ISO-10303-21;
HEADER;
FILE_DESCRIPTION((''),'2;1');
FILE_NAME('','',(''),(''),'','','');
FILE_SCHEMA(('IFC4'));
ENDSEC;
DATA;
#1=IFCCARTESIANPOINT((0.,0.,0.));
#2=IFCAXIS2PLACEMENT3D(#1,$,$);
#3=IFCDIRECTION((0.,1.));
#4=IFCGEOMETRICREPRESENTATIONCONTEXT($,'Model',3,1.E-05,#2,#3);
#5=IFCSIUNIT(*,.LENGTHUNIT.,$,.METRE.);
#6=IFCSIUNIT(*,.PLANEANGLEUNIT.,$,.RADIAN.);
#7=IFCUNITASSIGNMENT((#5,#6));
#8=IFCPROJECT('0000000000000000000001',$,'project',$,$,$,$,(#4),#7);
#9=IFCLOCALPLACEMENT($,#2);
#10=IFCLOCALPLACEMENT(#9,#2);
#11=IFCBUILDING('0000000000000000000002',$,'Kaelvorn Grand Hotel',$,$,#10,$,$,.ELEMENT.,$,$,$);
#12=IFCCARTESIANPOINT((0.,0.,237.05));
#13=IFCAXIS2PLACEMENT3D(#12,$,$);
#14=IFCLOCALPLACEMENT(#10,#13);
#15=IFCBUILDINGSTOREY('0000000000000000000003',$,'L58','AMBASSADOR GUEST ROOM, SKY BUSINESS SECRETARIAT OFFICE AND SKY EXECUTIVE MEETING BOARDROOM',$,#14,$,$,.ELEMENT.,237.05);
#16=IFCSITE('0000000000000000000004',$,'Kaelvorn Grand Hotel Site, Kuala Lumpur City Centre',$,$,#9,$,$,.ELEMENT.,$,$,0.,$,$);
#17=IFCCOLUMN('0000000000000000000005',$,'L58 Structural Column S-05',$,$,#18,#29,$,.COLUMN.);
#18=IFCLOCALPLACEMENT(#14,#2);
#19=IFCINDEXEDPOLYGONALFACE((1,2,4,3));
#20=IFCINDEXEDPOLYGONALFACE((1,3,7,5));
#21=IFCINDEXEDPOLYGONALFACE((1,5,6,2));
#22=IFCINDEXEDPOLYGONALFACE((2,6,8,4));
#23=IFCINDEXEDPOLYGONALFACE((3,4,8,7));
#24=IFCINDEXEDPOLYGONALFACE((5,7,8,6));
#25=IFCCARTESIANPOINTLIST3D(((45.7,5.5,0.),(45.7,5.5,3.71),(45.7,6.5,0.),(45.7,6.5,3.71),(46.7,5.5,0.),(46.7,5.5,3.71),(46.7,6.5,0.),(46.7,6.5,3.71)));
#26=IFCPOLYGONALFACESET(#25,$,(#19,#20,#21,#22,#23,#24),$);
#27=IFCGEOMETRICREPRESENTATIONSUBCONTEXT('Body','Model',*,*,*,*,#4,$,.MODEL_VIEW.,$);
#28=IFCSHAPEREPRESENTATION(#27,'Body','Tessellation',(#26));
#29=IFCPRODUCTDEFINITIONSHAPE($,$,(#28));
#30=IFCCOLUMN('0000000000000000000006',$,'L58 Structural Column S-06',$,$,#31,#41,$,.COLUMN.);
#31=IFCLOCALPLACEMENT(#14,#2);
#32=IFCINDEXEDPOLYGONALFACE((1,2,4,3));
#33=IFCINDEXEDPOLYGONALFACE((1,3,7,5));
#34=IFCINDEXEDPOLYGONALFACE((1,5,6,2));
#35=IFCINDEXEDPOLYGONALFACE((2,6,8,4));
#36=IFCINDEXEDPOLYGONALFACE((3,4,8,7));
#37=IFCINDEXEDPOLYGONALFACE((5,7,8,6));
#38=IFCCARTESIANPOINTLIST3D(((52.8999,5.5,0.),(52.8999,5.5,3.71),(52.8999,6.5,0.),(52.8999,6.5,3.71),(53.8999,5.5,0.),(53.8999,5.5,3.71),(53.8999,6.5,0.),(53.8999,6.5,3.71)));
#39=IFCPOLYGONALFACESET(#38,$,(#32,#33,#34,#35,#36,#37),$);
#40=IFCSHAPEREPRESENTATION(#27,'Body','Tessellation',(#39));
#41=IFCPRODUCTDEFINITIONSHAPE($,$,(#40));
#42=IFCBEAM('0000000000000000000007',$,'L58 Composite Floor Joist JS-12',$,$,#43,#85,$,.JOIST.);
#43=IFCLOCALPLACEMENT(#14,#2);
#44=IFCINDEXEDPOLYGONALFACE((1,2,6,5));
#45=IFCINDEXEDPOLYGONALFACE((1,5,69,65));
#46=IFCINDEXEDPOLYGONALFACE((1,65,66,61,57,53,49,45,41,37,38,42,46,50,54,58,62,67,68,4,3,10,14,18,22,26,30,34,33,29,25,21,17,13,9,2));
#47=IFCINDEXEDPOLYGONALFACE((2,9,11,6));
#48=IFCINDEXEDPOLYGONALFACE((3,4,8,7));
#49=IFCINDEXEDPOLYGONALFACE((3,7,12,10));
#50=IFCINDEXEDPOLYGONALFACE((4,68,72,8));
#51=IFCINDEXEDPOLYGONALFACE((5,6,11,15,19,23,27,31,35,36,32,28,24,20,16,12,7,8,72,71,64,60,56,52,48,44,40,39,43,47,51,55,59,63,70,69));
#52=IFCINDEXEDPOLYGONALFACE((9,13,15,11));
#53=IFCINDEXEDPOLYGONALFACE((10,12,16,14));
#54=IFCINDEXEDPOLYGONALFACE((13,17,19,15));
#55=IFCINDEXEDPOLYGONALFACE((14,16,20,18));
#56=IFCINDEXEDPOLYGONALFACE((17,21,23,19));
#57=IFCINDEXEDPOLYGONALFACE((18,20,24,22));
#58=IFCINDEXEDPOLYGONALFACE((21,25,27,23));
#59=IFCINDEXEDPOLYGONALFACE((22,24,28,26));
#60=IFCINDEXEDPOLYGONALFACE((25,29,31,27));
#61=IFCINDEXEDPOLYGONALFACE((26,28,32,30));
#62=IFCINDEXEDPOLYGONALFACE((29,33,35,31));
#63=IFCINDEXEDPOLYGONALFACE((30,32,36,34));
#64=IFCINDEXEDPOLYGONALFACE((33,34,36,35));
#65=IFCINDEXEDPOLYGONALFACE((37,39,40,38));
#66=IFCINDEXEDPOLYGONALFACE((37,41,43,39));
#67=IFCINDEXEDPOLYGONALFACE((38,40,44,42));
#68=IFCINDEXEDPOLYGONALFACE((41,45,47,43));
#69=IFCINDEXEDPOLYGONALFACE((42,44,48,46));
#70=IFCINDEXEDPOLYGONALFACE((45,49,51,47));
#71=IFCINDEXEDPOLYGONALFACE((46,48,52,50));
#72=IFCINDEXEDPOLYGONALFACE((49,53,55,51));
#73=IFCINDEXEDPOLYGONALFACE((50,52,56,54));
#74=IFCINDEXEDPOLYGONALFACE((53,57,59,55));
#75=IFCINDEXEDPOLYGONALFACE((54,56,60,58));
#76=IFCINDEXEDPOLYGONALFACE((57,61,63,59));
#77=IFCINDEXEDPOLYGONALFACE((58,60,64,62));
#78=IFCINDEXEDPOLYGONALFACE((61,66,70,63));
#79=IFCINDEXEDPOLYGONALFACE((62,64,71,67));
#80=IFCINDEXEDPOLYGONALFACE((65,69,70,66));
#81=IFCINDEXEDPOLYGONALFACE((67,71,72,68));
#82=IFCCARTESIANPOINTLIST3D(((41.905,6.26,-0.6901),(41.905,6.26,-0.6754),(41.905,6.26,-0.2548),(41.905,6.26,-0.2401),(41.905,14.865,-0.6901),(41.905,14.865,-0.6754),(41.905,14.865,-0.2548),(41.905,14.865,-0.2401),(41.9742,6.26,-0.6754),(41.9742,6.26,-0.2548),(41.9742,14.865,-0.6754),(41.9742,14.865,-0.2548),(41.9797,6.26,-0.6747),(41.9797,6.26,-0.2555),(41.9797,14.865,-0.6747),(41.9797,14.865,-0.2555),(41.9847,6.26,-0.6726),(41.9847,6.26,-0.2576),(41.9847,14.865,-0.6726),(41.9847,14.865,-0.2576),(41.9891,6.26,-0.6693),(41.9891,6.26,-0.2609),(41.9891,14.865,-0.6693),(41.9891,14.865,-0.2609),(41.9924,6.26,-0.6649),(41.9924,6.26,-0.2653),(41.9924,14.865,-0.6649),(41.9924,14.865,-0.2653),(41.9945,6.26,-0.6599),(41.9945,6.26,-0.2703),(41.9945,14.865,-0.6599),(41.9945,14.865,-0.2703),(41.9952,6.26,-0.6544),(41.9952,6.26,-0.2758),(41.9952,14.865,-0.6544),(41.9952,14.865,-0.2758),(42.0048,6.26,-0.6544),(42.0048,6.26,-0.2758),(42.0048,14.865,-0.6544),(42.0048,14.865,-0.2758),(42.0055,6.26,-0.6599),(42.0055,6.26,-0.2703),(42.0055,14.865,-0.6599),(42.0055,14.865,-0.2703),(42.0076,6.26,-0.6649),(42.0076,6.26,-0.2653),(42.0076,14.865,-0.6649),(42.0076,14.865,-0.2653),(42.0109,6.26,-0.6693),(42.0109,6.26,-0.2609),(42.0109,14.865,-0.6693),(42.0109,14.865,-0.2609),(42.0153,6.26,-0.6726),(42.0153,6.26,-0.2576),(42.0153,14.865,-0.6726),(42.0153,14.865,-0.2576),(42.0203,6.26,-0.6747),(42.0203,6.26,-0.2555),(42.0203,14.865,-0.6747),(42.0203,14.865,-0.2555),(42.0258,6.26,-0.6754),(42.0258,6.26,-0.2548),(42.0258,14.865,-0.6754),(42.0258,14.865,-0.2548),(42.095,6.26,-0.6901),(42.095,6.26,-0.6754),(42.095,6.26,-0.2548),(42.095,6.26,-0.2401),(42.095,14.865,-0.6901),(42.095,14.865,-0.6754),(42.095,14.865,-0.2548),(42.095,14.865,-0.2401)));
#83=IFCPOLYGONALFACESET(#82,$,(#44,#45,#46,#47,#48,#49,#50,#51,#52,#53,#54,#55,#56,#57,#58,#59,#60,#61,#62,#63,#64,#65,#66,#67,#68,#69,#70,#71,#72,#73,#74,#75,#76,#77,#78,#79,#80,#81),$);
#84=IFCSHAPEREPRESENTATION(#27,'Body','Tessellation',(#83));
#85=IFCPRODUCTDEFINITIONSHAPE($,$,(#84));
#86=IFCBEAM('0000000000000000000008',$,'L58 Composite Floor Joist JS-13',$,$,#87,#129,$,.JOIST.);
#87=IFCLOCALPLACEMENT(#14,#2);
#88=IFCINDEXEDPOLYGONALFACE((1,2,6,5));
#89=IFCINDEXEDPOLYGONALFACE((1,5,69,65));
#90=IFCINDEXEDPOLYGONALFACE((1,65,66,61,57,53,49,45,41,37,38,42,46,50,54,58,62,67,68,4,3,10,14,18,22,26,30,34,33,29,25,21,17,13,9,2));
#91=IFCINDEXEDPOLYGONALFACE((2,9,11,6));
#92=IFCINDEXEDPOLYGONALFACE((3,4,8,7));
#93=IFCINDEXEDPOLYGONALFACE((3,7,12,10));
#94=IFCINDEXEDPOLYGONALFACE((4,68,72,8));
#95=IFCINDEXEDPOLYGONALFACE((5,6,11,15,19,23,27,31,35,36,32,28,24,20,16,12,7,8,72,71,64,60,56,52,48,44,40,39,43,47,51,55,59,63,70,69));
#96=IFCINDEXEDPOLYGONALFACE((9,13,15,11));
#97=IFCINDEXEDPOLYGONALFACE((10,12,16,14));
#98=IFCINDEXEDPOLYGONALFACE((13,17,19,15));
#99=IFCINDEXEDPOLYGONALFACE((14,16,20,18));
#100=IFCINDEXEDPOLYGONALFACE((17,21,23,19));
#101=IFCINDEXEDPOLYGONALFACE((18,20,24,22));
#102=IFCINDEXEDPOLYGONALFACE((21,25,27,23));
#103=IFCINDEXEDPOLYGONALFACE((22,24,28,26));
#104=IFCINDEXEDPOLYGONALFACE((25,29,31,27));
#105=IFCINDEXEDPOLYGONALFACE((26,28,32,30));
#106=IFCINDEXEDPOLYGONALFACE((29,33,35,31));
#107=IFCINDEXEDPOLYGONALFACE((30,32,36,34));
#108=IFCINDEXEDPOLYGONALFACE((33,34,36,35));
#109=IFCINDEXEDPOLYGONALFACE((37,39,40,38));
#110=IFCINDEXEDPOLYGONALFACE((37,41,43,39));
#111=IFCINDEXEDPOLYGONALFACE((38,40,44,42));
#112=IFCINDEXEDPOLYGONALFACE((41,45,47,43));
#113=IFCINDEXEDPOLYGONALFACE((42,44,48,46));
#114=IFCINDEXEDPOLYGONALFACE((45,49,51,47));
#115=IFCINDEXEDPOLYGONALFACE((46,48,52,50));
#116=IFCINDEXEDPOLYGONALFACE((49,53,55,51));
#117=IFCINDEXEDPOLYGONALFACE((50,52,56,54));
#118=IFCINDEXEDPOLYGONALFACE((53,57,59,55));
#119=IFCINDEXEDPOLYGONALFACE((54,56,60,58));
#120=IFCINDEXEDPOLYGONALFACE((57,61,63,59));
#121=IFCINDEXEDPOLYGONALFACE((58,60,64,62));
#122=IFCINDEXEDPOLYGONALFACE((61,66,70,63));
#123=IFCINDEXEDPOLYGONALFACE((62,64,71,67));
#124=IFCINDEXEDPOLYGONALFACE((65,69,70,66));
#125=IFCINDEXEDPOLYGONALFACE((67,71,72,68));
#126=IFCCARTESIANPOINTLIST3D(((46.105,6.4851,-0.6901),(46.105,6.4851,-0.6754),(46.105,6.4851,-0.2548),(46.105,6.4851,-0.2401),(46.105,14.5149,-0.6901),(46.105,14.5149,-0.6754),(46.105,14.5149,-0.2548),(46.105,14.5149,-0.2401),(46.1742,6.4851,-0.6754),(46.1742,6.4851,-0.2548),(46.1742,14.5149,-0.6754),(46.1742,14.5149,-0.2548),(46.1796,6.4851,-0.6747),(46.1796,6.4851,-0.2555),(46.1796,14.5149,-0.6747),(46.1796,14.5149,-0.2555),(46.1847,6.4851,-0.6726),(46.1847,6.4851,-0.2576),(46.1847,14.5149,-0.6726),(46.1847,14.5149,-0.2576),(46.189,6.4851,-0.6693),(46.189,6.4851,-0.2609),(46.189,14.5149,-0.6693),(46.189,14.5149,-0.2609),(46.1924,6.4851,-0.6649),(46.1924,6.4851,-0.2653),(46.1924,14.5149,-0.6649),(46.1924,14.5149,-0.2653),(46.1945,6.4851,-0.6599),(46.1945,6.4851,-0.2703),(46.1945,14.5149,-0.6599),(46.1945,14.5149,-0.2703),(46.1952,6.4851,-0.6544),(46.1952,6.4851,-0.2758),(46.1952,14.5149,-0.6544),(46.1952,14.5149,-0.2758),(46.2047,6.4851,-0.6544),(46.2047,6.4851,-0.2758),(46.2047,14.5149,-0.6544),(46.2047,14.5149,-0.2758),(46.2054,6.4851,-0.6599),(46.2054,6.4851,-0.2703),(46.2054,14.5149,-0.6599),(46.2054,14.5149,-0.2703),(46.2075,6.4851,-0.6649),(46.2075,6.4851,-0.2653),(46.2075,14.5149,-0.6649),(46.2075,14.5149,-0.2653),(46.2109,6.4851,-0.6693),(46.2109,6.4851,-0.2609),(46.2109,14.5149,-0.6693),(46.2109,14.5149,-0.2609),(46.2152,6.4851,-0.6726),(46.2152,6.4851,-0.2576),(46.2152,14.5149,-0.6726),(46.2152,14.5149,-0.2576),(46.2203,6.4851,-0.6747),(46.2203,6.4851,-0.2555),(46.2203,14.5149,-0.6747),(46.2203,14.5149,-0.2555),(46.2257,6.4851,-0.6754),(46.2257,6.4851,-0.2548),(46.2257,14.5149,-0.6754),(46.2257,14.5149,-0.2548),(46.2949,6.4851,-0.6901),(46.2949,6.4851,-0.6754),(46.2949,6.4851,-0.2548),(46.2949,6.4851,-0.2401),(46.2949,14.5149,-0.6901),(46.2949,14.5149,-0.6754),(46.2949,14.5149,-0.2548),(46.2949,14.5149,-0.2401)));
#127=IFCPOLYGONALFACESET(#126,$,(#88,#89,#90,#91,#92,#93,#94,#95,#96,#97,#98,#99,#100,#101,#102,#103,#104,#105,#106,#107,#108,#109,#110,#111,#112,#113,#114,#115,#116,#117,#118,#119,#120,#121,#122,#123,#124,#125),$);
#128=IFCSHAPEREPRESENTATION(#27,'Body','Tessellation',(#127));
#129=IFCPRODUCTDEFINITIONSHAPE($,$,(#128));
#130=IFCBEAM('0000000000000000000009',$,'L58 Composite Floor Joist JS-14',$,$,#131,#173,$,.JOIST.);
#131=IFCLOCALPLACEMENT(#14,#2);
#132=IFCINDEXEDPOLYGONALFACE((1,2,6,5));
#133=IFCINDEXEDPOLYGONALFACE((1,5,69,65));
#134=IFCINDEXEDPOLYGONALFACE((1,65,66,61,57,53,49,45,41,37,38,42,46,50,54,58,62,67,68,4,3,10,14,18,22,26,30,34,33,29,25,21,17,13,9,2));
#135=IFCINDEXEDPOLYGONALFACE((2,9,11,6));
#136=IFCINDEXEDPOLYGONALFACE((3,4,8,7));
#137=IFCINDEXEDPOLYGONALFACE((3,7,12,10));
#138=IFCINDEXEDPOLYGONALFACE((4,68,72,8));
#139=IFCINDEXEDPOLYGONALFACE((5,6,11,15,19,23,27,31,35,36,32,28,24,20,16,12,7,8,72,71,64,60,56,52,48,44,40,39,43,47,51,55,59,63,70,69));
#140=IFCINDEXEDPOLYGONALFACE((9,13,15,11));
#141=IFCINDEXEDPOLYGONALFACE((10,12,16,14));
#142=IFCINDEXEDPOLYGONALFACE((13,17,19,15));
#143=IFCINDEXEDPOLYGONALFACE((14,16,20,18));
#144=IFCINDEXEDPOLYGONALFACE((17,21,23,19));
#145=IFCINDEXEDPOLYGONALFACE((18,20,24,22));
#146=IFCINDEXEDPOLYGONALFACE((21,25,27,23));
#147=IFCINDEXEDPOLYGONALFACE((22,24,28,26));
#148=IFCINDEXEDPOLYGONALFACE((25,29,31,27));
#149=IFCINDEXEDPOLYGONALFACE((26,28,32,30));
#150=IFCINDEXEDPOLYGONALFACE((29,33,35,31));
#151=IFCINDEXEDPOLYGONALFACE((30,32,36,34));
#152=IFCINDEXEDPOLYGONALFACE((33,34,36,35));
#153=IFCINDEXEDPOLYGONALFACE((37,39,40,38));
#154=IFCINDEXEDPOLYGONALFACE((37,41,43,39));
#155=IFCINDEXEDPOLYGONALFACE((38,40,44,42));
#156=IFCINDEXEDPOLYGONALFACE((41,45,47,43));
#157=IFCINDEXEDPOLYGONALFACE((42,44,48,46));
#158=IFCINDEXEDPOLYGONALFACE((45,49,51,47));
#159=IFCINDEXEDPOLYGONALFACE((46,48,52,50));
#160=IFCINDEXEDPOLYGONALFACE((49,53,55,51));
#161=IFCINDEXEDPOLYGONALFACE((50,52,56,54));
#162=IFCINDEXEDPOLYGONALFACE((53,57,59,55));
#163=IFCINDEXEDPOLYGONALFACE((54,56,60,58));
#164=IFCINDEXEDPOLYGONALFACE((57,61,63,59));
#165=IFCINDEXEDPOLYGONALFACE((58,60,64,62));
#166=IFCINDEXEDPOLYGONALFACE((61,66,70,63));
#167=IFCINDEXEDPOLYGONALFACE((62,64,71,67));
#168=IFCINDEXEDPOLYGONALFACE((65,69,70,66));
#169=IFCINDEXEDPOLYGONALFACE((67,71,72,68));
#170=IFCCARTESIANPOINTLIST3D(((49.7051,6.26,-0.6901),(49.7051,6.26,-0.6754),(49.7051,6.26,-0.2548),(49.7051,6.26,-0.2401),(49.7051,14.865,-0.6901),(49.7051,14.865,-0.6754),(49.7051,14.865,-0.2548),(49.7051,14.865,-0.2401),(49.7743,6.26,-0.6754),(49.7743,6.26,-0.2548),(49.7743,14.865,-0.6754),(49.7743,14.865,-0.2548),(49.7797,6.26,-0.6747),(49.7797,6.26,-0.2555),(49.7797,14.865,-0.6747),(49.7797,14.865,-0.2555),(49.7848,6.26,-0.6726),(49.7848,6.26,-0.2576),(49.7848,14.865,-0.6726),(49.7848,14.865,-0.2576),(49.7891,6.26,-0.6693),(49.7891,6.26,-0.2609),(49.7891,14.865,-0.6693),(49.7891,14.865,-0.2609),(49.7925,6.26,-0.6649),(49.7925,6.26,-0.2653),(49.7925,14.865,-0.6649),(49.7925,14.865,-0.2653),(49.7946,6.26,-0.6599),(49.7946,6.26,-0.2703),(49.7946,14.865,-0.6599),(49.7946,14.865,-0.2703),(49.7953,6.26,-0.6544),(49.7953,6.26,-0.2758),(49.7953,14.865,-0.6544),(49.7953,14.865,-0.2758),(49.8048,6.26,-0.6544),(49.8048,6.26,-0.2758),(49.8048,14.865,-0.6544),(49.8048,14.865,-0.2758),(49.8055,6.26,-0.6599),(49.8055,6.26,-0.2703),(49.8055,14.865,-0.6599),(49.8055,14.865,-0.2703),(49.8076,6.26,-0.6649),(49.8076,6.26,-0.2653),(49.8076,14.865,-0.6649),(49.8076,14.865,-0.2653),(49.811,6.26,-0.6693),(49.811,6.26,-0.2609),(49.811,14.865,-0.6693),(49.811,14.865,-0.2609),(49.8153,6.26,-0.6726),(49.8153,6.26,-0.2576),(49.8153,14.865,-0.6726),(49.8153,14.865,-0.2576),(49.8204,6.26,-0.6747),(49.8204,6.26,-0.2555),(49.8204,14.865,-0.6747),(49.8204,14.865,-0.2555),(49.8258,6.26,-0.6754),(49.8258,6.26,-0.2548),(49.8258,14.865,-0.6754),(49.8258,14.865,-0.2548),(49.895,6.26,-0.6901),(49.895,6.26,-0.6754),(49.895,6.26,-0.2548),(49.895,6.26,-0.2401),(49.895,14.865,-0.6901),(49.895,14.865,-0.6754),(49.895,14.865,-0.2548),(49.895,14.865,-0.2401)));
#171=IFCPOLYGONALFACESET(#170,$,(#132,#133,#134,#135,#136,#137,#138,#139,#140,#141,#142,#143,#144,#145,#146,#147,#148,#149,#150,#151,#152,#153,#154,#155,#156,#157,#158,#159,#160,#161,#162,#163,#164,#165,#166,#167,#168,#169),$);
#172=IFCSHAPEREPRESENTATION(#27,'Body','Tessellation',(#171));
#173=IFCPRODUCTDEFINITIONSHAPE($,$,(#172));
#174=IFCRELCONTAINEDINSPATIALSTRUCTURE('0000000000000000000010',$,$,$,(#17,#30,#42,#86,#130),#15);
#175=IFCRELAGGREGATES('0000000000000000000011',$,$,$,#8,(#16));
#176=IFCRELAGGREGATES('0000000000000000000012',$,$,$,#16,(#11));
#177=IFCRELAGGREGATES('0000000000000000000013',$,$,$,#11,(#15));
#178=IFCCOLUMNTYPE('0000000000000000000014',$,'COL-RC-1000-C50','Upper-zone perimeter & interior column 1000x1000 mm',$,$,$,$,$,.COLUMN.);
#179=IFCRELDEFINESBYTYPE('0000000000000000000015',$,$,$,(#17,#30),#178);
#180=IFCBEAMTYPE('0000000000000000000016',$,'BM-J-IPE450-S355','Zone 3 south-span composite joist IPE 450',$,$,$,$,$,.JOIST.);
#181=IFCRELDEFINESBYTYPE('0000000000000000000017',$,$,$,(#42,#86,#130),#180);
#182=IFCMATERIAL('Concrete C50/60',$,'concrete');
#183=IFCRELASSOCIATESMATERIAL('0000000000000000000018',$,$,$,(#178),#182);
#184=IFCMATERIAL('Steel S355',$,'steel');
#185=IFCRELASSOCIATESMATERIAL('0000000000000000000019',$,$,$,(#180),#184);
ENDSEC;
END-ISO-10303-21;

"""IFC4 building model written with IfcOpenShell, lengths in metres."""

from ifc_helpers import new_model, si_unit, direction, frame, origin, origin_2d, place, context, subcontext, project, spatial, rectangle, i_section, extrude, material, material_profile, profile_set, type_object, element, save


model = new_model("IFC4")

# Units and contexts
model_context = context("Model", 3, precision=1e-05, world=origin(), true_north=direction((0.0, 1.0)))
body_context = subcontext(model_context, "Body", "Model", "MODEL_VIEW")
ifc_project = project(units=[si_unit("LENGTHUNIT", "METRE"), si_unit("PLANEANGLEUNIT", "RADIAN")], contexts=[model_context])

# Site, building, storey
site_placement = place(None, origin())
site = spatial("IfcSite", under=ifc_project, at=site_placement, Name="Kaelvorn Grand Hotel Site, Kuala Lumpur City Centre", CompositionType="ELEMENT", RefElevation=0.0)
building_placement = place(site_placement, origin())
building = spatial("IfcBuilding", under=site, at=building_placement, Name="Kaelvorn Grand Hotel", CompositionType="ELEMENT")
storey_placement = place(building_placement, frame((0.0, 0.0, 237.05)))
storey = spatial("IfcBuildingStorey", under=building, at=storey_placement, Name="L58", Description="AMBASSADOR GUEST ROOM, SKY BUSINESS SECRETARIAT OFFICE AND SKY EXECUTIVE MEETING BOARDROOM", CompositionType="ELEMENT", Elevation=237.05)

# Columns
ifc_material_1 = material(Name="Concrete C50/60", Category="concrete")
ifc_material_profile_1 = material_profile(ifc_material_1, rectangle(XDim=1.0, YDim=1.0, at=origin_2d()), Name="RC COL 1000x1000")
ifc_profile_set_1 = profile_set([ifc_material_profile_1], Name="Concrete C50/60")
column_type = type_object("IfcColumnType", Name="COL-RC-1000-C50", Description="Upper-zone perimeter & interior column 1000x1000 mm", PredefinedType="COLUMN", material=ifc_profile_set_1)
for number, where, z_axis, x_axis, name in (
    (1, (46.2, 6.0, 0.0), (0.0, 0.0, 1.0), (1.0, 0.0, 0.0), "L58 Structural Column S-05"),
    (2, (53.3999, 6.0, 0.0), (0.0, 0.0, 1.0), (1.0, 0.0, 0.0), "L58 Structural Column S-06"),
):
    element("IfcColumn", number, at=place(storey_placement, frame(where, z_axis=z_axis, x_axis=x_axis)), inside=storey, type_object=column_type, Name=name, PredefinedType="COLUMN", context=body_context, shape_type="SweptSolid", body=[
        extrude(rectangle(XDim=1.0, YDim=1.0, at=origin_2d()), origin(), (0.0, 0.0, 1.0), 3.71),
    ])

# Beams
ifc_material_2 = material(Name="Steel S355", Category="steel")
ifc_material_profile_2 = material_profile(ifc_material_2, i_section(OverallWidth=0.1899, OverallDepth=0.45, WebThickness=0.0095, FlangeThickness=0.0146, FilletRadius=0.021, at=origin_2d()), Name="IPE 450")
ifc_profile_set_2 = profile_set([ifc_material_profile_2], Name="Steel S355")
beam_type_1 = type_object("IfcBeamType", Name="BM-J-IPE450-S355", Description="Zone 3 south-span composite joist IPE 450", PredefinedType="JOIST", material=ifc_profile_set_2)
beam_1_placement = place(storey_placement, frame((42.0, 6.26, -0.4651), z_axis=(0.0, 1.0, 0.0), x_axis=(-1.0, 0.0, 0.0)))
element("IfcBeam", 3, at=beam_1_placement, inside=storey, type_object=beam_type_1, Name="L58 Composite Floor Joist JS-12", PredefinedType="JOIST", context=body_context, shape_type="SweptSolid", body=[
    extrude(i_section(OverallWidth=0.1899, OverallDepth=0.45, WebThickness=0.0095, FlangeThickness=0.0146, FilletRadius=0.021, at=origin_2d()), origin(), (0.0, 0.0, 1.0), 8.605),
])
beam_2_placement = place(storey_placement, frame((46.2, 6.4851, -0.4651), z_axis=(0.0, 1.0, 0.0), x_axis=(-1.0, 0.0, 0.0)))
element("IfcBeam", 4, at=beam_2_placement, inside=storey, type_object=beam_type_1, Name="L58 Composite Floor Joist JS-13", PredefinedType="JOIST", context=body_context, shape_type="SweptSolid", body=[
    extrude(i_section(OverallWidth=0.1899, OverallDepth=0.45, WebThickness=0.0095, FlangeThickness=0.0146, FilletRadius=0.021, at=origin_2d()), origin(), (0.0, 0.0, 1.0), 8.0298),
])
beam_3_placement = place(storey_placement, frame((49.8, 6.26, -0.4651), z_axis=(0.0, 1.0, 0.0), x_axis=(-1.0, 0.0, 0.0)))
element("IfcBeam", 5, at=beam_3_placement, inside=storey, type_object=beam_type_1, Name="L58 Composite Floor Joist JS-14", PredefinedType="JOIST", context=body_context, shape_type="SweptSolid", body=[
    extrude(i_section(OverallWidth=0.1899, OverallDepth=0.45, WebThickness=0.0095, FlangeThickness=0.0146, FilletRadius=0.021, at=origin_2d()), origin(), (0.0, 0.0, 1.0), 8.605),
])

save(model, "model.ifc")
